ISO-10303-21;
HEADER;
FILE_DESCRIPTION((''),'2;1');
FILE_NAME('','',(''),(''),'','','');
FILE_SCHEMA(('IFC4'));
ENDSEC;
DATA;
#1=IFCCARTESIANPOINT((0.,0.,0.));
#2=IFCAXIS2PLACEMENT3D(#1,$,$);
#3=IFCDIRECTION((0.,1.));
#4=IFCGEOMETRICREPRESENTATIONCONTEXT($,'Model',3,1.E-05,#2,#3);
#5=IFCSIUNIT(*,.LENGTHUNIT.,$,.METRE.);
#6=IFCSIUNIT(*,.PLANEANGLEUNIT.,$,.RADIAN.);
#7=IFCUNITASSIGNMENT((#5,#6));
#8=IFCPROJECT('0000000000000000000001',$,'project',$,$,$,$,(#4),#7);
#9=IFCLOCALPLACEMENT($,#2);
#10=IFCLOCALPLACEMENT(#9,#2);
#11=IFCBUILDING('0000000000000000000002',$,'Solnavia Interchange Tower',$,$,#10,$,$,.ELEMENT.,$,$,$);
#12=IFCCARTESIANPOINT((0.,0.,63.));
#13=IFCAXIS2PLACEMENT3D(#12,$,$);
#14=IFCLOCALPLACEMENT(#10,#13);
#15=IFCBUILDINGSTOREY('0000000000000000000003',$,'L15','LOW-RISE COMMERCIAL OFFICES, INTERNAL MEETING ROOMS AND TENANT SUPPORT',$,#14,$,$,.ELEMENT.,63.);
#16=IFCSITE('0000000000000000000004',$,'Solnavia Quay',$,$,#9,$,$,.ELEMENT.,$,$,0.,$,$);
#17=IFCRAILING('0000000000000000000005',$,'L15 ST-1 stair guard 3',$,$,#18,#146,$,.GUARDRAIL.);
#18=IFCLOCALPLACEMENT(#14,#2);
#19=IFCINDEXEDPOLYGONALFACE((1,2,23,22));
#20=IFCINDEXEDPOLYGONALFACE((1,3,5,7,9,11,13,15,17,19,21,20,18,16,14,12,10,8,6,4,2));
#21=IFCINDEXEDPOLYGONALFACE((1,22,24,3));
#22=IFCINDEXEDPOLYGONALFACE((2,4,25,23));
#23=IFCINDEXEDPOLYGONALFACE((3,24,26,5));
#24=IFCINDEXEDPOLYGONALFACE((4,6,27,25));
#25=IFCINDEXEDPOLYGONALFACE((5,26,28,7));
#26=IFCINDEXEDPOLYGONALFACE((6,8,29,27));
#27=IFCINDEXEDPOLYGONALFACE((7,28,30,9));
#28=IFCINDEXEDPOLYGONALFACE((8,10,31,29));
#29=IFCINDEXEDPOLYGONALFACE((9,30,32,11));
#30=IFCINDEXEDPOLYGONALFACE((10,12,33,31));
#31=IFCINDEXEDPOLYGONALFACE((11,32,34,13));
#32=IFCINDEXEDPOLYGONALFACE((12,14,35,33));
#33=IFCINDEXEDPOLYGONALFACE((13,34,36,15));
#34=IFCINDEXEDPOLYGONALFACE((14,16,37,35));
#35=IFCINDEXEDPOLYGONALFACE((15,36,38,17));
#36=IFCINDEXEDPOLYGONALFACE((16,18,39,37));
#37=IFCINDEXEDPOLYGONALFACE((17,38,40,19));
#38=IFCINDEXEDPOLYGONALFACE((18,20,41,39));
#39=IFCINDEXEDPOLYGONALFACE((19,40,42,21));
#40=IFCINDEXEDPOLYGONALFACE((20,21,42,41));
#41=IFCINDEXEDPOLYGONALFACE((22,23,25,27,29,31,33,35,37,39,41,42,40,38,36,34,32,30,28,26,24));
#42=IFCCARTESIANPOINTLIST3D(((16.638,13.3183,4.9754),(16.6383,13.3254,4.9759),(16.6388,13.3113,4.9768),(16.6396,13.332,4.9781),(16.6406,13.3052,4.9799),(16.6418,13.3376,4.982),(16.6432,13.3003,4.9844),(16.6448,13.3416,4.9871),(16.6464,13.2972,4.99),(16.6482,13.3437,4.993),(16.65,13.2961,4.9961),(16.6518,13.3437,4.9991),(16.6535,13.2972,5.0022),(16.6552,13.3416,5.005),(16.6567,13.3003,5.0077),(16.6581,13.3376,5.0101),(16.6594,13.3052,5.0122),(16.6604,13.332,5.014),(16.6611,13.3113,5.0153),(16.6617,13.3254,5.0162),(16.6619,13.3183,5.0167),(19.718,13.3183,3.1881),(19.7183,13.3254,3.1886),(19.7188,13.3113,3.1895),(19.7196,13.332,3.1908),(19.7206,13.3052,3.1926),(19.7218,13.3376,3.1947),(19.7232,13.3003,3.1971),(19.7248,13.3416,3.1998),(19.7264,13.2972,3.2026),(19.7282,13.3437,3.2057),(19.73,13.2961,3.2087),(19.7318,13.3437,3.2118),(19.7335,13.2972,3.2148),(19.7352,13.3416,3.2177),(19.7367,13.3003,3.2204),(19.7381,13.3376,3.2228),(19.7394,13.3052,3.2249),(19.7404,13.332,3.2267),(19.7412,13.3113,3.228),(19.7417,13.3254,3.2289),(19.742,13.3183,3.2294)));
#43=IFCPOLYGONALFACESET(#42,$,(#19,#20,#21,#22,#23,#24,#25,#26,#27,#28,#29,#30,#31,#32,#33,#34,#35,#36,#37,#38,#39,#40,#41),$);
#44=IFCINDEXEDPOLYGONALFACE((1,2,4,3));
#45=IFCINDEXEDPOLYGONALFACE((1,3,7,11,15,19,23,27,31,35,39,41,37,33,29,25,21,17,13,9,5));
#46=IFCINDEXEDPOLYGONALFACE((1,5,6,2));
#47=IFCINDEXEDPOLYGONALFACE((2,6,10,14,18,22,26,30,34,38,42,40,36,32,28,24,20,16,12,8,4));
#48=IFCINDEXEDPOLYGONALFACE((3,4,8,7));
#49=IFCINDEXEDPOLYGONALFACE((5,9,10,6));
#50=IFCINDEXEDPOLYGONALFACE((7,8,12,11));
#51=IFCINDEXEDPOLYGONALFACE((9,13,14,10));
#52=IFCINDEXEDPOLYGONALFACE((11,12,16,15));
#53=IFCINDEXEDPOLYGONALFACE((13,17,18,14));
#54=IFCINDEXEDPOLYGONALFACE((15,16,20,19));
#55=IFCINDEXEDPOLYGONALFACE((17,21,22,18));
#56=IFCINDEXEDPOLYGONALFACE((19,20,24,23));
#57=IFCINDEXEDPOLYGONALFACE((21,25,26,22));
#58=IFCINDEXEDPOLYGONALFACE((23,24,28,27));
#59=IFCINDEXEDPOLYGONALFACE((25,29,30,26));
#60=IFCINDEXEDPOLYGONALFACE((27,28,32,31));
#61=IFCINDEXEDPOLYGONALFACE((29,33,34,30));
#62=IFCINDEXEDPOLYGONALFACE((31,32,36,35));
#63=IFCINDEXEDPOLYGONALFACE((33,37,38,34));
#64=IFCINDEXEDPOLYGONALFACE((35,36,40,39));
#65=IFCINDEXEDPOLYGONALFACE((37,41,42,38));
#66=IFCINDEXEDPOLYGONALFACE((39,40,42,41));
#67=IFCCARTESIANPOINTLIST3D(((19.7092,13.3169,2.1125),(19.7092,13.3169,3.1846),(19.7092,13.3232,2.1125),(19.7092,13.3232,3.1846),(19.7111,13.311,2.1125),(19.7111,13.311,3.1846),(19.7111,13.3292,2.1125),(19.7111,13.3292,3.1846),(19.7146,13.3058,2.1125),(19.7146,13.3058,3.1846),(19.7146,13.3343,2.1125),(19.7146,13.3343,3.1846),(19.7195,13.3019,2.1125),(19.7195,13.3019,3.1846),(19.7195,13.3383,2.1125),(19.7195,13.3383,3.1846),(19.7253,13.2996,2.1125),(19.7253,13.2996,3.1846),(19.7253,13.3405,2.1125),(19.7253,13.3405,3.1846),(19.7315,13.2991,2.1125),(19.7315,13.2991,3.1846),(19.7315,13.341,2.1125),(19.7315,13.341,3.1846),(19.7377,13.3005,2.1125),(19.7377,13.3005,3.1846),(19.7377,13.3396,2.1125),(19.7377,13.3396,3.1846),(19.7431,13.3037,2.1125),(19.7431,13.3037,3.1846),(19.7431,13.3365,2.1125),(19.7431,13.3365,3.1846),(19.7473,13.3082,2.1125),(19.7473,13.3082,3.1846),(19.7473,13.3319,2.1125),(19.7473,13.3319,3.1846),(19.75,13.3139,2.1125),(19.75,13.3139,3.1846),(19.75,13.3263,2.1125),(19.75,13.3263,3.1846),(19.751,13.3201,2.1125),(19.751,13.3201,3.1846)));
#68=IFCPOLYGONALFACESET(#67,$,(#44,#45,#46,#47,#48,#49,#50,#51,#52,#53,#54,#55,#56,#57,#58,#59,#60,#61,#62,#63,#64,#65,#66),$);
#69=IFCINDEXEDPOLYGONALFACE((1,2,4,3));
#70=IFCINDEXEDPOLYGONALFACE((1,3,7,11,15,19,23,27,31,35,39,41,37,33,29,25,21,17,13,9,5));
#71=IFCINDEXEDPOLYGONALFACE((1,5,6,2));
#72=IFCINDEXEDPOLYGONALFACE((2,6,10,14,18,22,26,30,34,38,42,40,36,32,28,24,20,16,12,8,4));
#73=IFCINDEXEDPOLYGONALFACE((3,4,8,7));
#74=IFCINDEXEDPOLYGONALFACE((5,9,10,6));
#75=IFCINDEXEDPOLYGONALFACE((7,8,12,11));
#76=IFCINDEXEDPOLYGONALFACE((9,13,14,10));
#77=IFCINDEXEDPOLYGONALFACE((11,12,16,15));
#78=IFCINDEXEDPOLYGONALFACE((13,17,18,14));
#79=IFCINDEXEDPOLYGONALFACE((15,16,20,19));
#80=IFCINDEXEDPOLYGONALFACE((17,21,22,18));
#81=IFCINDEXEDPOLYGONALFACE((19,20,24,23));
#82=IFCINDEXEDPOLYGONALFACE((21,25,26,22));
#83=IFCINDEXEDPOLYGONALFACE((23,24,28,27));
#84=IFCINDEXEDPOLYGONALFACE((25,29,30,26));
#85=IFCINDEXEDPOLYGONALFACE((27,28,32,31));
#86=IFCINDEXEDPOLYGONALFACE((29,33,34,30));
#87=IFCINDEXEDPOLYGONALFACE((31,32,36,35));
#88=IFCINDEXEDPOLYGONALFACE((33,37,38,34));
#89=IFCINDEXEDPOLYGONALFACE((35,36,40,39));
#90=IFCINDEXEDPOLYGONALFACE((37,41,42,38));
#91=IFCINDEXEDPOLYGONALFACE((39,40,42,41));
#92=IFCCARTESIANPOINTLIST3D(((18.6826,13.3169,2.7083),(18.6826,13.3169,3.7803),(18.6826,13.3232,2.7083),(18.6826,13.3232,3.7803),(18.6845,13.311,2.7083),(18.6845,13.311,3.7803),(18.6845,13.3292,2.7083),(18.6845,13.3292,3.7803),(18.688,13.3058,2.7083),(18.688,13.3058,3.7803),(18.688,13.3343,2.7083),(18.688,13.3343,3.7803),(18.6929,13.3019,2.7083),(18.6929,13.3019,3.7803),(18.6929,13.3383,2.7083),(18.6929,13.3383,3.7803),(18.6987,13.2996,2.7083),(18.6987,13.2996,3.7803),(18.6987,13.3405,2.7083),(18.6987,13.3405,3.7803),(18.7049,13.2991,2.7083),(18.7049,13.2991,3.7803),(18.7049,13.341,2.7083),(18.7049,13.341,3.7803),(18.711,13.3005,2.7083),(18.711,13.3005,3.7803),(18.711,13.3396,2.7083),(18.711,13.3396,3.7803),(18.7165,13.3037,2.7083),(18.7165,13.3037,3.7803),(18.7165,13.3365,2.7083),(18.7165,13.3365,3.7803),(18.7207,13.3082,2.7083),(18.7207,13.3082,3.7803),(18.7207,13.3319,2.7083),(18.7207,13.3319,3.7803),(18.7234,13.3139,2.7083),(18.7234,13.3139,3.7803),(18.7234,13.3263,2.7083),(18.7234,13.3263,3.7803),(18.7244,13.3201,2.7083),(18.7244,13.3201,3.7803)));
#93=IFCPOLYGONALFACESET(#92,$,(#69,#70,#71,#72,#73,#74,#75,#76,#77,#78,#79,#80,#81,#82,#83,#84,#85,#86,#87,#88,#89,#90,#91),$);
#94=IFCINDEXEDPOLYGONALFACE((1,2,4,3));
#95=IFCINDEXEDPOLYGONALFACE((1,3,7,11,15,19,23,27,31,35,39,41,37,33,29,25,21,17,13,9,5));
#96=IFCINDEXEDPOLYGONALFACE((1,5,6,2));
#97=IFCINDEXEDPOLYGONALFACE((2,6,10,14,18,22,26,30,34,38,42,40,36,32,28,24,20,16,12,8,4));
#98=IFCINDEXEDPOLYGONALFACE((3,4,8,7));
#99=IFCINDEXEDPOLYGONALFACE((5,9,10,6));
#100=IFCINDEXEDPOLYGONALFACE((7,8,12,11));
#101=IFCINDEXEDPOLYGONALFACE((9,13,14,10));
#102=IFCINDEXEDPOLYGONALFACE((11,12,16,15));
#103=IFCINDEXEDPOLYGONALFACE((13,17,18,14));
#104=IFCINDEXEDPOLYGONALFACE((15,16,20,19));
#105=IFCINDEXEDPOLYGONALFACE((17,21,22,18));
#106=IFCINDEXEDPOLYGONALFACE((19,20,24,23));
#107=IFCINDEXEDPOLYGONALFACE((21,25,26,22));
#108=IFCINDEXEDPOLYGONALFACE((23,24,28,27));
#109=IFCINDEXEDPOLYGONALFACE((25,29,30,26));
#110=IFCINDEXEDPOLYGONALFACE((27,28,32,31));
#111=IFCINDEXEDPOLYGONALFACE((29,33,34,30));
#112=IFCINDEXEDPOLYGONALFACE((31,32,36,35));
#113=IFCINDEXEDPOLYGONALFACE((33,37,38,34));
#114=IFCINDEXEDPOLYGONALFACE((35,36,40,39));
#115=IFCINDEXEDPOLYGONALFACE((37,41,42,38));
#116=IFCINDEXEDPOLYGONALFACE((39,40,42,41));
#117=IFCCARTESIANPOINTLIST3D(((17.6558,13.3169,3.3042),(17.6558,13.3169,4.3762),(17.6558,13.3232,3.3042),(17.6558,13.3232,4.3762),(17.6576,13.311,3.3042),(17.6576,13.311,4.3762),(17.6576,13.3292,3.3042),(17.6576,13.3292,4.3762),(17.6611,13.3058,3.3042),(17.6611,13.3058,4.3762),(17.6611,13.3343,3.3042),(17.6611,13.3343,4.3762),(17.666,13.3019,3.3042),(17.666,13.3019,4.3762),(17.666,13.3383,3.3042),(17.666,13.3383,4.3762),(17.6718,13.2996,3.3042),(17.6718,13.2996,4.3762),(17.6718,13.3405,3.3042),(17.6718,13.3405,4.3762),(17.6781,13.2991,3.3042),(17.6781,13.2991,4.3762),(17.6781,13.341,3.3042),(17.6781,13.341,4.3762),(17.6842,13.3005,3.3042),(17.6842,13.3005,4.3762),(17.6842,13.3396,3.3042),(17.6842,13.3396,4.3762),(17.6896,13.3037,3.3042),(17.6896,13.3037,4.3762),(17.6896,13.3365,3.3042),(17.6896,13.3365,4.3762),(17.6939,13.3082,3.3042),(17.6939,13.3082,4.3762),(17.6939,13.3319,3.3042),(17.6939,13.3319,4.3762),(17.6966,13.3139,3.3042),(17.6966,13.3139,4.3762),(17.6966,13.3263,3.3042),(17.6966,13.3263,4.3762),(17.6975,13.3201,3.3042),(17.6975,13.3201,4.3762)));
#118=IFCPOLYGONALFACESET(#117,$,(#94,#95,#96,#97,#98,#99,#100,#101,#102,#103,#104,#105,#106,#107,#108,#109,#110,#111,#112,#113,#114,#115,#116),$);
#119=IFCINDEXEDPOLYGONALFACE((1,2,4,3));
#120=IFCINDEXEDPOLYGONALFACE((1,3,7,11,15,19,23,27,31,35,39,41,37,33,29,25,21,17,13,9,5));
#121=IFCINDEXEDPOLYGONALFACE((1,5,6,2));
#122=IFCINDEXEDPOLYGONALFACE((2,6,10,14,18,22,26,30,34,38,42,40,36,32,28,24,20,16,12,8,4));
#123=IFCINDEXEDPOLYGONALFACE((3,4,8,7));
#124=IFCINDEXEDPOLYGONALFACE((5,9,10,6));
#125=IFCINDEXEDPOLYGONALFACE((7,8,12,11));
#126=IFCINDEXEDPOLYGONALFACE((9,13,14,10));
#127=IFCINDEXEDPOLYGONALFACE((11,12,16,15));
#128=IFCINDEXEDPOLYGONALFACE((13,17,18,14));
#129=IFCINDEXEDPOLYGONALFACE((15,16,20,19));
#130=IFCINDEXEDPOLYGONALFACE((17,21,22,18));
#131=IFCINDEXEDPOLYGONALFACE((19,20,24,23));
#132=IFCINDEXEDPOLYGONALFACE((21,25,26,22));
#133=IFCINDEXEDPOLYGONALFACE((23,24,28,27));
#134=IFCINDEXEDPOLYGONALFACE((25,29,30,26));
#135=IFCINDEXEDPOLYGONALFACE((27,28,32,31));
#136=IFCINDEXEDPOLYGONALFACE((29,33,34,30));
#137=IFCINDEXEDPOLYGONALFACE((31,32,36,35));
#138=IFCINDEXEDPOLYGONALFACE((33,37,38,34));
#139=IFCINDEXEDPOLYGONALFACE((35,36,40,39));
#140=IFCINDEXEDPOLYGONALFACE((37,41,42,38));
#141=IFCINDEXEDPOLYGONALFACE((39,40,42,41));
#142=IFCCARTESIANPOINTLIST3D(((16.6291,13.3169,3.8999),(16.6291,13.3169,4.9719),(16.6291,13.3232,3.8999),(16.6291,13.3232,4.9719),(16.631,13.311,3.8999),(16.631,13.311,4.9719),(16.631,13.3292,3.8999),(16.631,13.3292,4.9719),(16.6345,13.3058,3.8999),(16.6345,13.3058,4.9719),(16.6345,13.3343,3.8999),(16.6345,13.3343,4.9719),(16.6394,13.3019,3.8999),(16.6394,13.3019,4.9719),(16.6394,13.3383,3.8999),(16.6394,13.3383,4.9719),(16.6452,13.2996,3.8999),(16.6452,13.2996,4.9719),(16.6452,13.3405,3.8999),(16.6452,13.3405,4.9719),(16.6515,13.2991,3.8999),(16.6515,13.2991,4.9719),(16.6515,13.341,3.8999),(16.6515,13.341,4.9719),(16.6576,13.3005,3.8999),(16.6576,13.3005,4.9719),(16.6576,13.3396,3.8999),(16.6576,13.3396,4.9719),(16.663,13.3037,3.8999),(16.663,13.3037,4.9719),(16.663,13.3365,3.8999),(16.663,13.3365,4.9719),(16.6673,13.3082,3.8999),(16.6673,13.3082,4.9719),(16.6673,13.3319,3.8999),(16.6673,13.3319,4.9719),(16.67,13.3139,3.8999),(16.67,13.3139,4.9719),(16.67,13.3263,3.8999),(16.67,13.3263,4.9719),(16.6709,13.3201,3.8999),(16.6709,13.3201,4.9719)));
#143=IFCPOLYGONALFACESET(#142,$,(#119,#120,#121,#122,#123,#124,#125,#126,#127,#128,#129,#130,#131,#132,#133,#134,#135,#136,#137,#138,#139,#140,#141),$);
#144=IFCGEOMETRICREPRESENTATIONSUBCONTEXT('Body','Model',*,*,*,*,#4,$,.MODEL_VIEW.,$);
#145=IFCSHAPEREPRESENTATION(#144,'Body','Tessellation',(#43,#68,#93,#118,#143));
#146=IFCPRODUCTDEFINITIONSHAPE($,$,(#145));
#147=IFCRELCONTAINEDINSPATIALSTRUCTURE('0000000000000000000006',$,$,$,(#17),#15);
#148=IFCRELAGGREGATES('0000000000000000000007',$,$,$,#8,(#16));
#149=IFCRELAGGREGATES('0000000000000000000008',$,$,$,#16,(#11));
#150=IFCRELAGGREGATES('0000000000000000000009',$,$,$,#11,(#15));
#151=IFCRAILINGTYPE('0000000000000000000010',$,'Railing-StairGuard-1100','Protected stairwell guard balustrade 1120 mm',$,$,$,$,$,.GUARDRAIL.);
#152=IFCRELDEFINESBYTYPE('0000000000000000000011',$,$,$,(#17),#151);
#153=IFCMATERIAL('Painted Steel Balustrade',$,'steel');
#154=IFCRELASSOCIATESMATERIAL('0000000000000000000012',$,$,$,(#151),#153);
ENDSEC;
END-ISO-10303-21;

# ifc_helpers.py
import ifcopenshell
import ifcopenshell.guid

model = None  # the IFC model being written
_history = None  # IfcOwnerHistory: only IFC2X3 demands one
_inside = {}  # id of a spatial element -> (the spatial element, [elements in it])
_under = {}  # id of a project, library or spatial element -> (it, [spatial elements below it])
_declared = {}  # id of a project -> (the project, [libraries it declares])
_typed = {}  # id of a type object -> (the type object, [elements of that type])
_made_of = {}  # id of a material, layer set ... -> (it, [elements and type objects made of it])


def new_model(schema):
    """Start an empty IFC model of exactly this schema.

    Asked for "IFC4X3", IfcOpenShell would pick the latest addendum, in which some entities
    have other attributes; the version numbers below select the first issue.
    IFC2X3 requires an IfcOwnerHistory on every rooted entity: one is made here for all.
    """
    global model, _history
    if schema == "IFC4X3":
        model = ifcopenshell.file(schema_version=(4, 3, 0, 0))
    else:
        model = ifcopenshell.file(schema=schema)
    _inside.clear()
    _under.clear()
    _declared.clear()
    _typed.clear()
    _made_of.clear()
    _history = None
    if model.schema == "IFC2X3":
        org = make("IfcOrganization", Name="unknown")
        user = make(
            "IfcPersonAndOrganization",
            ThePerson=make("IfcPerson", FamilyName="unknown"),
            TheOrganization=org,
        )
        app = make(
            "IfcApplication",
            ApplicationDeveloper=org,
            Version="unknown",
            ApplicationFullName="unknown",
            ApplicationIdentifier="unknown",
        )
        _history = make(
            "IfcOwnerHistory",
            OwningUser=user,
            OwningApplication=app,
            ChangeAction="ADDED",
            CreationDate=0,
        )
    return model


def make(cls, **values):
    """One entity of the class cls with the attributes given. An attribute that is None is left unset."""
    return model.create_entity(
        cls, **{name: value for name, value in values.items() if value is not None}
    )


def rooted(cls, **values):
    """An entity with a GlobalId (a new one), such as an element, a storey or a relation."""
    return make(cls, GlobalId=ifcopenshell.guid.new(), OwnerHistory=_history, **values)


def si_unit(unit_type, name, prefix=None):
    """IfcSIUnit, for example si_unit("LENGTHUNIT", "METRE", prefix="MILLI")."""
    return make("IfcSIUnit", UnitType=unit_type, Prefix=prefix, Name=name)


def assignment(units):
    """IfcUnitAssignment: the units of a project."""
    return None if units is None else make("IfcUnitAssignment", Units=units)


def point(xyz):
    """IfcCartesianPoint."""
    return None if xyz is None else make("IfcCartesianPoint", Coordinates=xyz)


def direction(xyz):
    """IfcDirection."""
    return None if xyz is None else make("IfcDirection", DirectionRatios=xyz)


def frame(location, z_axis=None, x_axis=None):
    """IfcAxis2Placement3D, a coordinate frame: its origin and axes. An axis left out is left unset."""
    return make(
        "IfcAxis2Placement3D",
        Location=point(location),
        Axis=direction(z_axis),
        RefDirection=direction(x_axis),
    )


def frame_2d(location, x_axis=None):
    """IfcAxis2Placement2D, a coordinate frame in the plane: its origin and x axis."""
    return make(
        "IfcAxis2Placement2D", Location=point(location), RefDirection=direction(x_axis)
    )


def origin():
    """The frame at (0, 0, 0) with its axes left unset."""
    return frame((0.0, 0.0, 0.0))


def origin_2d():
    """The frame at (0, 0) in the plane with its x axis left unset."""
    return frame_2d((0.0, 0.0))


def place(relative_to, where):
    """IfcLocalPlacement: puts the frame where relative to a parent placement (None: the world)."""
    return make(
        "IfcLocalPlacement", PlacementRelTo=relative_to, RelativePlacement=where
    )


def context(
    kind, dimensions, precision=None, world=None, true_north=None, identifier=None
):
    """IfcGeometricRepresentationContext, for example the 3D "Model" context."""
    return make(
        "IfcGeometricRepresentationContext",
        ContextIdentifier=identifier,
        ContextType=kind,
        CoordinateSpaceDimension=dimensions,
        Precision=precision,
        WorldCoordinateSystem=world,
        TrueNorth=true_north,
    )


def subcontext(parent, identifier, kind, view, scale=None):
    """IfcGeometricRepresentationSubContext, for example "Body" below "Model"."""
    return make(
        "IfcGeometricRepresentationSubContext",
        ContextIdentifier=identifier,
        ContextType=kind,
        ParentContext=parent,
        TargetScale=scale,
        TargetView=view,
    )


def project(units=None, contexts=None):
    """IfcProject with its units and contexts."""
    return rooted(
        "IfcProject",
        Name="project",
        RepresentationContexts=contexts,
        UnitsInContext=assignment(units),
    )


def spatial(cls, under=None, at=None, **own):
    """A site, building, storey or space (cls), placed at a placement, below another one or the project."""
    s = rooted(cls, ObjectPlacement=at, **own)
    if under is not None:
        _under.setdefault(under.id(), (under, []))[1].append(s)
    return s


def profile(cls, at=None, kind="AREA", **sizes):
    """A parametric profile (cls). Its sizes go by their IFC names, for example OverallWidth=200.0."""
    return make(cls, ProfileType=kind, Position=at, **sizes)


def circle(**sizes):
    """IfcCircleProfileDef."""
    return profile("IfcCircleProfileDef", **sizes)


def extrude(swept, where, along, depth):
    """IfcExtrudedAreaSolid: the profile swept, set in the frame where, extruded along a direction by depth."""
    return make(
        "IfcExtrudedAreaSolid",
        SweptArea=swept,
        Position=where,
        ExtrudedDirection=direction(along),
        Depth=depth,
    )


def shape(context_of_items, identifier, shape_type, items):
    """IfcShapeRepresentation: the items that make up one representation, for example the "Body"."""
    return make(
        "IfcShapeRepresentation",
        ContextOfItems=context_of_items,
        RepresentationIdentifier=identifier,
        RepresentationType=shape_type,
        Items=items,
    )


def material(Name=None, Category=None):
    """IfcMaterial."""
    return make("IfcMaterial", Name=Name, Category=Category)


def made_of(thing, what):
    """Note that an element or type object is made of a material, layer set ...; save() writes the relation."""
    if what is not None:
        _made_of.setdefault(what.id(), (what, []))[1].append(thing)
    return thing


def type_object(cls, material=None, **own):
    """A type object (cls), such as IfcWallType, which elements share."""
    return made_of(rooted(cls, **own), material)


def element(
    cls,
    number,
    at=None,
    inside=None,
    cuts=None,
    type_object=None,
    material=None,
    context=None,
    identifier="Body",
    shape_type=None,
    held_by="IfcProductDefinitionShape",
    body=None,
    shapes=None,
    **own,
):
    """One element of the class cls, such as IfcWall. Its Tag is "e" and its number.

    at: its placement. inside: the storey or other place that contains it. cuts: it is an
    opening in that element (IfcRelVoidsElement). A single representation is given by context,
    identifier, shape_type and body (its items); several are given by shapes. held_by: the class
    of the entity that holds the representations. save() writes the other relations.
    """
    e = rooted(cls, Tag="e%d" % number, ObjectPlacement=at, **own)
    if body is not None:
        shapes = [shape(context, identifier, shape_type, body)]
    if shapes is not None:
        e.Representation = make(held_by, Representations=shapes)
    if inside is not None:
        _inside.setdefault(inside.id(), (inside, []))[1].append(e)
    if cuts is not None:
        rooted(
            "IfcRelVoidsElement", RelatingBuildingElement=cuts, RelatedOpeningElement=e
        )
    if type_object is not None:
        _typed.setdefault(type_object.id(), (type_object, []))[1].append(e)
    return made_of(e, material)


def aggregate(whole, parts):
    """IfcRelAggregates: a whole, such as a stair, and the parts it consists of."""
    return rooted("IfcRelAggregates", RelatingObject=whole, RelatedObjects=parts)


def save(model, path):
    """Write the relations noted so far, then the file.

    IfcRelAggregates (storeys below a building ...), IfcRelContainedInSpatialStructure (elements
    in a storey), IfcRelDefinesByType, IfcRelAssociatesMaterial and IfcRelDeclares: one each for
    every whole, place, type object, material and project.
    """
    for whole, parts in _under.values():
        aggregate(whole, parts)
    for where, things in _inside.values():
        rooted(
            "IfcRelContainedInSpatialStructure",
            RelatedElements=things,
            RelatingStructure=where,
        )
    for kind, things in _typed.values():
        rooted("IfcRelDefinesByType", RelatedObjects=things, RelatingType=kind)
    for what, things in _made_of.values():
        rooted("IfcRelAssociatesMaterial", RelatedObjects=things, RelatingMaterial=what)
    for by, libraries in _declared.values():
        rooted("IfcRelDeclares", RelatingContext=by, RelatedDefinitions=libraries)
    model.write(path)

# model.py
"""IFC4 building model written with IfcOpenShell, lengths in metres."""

from ifc_helpers import new_model, si_unit, direction, frame, origin, origin_2d, place, context, subcontext, project, spatial, circle, extrude, material, type_object, element, save


model = new_model("IFC4")

# Units and contexts
model_context = context("Model", 3, precision=1e-05, world=origin(), true_north=direction((0.0, 1.0)))
body_context = subcontext(model_context, "Body", "Model", "MODEL_VIEW")
ifc_project = project(units=[si_unit("LENGTHUNIT", "METRE"), si_unit("PLANEANGLEUNIT", "RADIAN")], contexts=[model_context])

# Site, building, storey
site_placement = place(None, origin())
site = spatial("IfcSite", under=ifc_project, at=site_placement, Name="Solnavia Quay", CompositionType="ELEMENT", RefElevation=0.0)
building_placement = place(site_placement, origin())
building = spatial("IfcBuilding", under=site, at=building_placement, Name="Solnavia Interchange Tower", CompositionType="ELEMENT")
storey_placement = place(building_placement, frame((0.0, 0.0, 63.0)))
storey = spatial("IfcBuildingStorey", under=building, at=storey_placement, Name="L15", Description="LOW-RISE COMMERCIAL OFFICES, INTERNAL MEETING ROOMS AND TENANT SUPPORT", CompositionType="ELEMENT", Elevation=63.0)

# Railing
ifc_material_1 = material(Name="Painted Steel Balustrade", Category="steel")
railing_type_1 = type_object("IfcRailingType", Name="Railing-StairGuard-1100", Description="Protected stairwell guard balustrade 1120 mm", PredefinedType="GUARDRAIL", material=ifc_material_1)
railing_1_placement = place(storey_placement, frame((19.73, 13.3201, 2.1125)))
element("IfcRailing", 1, at=railing_1_placement, inside=storey, type_object=railing_type_1, Name="L15 ST-1 stair guard 3", PredefinedType="GUARDRAIL", context=body_context, shape_type="SweptSolid", body=[
    extrude(circle(Radius=0.0239, at=origin_2d()), frame((0.0, 0.0, 1.0962), z_axis=(-0.86492, 0.0, 0.501909), x_axis=(0.0, -1.0, 0.0)), (0.0, 0.0, 1.0), 3.561),
    extrude(circle(Radius=0.021, at=origin_2d()), origin(), (0.0, 0.0, 1.0), 1.072),
    extrude(circle(Radius=0.021, at=origin_2d()), frame((-1.0266, 0.0, 0.5957)), (0.0, 0.0, 1.0), 1.072),
    extrude(circle(Radius=0.021, at=origin_2d()), frame((-2.0535, 0.0, 1.1917)), (0.0, 0.0, 1.0), 1.072),
    extrude(circle(Radius=0.021, at=origin_2d()), frame((-3.0801, 0.0, 1.7874)), (0.0, 0.0, 1.0), 1.072),
])

save(model, "model.ifc")
